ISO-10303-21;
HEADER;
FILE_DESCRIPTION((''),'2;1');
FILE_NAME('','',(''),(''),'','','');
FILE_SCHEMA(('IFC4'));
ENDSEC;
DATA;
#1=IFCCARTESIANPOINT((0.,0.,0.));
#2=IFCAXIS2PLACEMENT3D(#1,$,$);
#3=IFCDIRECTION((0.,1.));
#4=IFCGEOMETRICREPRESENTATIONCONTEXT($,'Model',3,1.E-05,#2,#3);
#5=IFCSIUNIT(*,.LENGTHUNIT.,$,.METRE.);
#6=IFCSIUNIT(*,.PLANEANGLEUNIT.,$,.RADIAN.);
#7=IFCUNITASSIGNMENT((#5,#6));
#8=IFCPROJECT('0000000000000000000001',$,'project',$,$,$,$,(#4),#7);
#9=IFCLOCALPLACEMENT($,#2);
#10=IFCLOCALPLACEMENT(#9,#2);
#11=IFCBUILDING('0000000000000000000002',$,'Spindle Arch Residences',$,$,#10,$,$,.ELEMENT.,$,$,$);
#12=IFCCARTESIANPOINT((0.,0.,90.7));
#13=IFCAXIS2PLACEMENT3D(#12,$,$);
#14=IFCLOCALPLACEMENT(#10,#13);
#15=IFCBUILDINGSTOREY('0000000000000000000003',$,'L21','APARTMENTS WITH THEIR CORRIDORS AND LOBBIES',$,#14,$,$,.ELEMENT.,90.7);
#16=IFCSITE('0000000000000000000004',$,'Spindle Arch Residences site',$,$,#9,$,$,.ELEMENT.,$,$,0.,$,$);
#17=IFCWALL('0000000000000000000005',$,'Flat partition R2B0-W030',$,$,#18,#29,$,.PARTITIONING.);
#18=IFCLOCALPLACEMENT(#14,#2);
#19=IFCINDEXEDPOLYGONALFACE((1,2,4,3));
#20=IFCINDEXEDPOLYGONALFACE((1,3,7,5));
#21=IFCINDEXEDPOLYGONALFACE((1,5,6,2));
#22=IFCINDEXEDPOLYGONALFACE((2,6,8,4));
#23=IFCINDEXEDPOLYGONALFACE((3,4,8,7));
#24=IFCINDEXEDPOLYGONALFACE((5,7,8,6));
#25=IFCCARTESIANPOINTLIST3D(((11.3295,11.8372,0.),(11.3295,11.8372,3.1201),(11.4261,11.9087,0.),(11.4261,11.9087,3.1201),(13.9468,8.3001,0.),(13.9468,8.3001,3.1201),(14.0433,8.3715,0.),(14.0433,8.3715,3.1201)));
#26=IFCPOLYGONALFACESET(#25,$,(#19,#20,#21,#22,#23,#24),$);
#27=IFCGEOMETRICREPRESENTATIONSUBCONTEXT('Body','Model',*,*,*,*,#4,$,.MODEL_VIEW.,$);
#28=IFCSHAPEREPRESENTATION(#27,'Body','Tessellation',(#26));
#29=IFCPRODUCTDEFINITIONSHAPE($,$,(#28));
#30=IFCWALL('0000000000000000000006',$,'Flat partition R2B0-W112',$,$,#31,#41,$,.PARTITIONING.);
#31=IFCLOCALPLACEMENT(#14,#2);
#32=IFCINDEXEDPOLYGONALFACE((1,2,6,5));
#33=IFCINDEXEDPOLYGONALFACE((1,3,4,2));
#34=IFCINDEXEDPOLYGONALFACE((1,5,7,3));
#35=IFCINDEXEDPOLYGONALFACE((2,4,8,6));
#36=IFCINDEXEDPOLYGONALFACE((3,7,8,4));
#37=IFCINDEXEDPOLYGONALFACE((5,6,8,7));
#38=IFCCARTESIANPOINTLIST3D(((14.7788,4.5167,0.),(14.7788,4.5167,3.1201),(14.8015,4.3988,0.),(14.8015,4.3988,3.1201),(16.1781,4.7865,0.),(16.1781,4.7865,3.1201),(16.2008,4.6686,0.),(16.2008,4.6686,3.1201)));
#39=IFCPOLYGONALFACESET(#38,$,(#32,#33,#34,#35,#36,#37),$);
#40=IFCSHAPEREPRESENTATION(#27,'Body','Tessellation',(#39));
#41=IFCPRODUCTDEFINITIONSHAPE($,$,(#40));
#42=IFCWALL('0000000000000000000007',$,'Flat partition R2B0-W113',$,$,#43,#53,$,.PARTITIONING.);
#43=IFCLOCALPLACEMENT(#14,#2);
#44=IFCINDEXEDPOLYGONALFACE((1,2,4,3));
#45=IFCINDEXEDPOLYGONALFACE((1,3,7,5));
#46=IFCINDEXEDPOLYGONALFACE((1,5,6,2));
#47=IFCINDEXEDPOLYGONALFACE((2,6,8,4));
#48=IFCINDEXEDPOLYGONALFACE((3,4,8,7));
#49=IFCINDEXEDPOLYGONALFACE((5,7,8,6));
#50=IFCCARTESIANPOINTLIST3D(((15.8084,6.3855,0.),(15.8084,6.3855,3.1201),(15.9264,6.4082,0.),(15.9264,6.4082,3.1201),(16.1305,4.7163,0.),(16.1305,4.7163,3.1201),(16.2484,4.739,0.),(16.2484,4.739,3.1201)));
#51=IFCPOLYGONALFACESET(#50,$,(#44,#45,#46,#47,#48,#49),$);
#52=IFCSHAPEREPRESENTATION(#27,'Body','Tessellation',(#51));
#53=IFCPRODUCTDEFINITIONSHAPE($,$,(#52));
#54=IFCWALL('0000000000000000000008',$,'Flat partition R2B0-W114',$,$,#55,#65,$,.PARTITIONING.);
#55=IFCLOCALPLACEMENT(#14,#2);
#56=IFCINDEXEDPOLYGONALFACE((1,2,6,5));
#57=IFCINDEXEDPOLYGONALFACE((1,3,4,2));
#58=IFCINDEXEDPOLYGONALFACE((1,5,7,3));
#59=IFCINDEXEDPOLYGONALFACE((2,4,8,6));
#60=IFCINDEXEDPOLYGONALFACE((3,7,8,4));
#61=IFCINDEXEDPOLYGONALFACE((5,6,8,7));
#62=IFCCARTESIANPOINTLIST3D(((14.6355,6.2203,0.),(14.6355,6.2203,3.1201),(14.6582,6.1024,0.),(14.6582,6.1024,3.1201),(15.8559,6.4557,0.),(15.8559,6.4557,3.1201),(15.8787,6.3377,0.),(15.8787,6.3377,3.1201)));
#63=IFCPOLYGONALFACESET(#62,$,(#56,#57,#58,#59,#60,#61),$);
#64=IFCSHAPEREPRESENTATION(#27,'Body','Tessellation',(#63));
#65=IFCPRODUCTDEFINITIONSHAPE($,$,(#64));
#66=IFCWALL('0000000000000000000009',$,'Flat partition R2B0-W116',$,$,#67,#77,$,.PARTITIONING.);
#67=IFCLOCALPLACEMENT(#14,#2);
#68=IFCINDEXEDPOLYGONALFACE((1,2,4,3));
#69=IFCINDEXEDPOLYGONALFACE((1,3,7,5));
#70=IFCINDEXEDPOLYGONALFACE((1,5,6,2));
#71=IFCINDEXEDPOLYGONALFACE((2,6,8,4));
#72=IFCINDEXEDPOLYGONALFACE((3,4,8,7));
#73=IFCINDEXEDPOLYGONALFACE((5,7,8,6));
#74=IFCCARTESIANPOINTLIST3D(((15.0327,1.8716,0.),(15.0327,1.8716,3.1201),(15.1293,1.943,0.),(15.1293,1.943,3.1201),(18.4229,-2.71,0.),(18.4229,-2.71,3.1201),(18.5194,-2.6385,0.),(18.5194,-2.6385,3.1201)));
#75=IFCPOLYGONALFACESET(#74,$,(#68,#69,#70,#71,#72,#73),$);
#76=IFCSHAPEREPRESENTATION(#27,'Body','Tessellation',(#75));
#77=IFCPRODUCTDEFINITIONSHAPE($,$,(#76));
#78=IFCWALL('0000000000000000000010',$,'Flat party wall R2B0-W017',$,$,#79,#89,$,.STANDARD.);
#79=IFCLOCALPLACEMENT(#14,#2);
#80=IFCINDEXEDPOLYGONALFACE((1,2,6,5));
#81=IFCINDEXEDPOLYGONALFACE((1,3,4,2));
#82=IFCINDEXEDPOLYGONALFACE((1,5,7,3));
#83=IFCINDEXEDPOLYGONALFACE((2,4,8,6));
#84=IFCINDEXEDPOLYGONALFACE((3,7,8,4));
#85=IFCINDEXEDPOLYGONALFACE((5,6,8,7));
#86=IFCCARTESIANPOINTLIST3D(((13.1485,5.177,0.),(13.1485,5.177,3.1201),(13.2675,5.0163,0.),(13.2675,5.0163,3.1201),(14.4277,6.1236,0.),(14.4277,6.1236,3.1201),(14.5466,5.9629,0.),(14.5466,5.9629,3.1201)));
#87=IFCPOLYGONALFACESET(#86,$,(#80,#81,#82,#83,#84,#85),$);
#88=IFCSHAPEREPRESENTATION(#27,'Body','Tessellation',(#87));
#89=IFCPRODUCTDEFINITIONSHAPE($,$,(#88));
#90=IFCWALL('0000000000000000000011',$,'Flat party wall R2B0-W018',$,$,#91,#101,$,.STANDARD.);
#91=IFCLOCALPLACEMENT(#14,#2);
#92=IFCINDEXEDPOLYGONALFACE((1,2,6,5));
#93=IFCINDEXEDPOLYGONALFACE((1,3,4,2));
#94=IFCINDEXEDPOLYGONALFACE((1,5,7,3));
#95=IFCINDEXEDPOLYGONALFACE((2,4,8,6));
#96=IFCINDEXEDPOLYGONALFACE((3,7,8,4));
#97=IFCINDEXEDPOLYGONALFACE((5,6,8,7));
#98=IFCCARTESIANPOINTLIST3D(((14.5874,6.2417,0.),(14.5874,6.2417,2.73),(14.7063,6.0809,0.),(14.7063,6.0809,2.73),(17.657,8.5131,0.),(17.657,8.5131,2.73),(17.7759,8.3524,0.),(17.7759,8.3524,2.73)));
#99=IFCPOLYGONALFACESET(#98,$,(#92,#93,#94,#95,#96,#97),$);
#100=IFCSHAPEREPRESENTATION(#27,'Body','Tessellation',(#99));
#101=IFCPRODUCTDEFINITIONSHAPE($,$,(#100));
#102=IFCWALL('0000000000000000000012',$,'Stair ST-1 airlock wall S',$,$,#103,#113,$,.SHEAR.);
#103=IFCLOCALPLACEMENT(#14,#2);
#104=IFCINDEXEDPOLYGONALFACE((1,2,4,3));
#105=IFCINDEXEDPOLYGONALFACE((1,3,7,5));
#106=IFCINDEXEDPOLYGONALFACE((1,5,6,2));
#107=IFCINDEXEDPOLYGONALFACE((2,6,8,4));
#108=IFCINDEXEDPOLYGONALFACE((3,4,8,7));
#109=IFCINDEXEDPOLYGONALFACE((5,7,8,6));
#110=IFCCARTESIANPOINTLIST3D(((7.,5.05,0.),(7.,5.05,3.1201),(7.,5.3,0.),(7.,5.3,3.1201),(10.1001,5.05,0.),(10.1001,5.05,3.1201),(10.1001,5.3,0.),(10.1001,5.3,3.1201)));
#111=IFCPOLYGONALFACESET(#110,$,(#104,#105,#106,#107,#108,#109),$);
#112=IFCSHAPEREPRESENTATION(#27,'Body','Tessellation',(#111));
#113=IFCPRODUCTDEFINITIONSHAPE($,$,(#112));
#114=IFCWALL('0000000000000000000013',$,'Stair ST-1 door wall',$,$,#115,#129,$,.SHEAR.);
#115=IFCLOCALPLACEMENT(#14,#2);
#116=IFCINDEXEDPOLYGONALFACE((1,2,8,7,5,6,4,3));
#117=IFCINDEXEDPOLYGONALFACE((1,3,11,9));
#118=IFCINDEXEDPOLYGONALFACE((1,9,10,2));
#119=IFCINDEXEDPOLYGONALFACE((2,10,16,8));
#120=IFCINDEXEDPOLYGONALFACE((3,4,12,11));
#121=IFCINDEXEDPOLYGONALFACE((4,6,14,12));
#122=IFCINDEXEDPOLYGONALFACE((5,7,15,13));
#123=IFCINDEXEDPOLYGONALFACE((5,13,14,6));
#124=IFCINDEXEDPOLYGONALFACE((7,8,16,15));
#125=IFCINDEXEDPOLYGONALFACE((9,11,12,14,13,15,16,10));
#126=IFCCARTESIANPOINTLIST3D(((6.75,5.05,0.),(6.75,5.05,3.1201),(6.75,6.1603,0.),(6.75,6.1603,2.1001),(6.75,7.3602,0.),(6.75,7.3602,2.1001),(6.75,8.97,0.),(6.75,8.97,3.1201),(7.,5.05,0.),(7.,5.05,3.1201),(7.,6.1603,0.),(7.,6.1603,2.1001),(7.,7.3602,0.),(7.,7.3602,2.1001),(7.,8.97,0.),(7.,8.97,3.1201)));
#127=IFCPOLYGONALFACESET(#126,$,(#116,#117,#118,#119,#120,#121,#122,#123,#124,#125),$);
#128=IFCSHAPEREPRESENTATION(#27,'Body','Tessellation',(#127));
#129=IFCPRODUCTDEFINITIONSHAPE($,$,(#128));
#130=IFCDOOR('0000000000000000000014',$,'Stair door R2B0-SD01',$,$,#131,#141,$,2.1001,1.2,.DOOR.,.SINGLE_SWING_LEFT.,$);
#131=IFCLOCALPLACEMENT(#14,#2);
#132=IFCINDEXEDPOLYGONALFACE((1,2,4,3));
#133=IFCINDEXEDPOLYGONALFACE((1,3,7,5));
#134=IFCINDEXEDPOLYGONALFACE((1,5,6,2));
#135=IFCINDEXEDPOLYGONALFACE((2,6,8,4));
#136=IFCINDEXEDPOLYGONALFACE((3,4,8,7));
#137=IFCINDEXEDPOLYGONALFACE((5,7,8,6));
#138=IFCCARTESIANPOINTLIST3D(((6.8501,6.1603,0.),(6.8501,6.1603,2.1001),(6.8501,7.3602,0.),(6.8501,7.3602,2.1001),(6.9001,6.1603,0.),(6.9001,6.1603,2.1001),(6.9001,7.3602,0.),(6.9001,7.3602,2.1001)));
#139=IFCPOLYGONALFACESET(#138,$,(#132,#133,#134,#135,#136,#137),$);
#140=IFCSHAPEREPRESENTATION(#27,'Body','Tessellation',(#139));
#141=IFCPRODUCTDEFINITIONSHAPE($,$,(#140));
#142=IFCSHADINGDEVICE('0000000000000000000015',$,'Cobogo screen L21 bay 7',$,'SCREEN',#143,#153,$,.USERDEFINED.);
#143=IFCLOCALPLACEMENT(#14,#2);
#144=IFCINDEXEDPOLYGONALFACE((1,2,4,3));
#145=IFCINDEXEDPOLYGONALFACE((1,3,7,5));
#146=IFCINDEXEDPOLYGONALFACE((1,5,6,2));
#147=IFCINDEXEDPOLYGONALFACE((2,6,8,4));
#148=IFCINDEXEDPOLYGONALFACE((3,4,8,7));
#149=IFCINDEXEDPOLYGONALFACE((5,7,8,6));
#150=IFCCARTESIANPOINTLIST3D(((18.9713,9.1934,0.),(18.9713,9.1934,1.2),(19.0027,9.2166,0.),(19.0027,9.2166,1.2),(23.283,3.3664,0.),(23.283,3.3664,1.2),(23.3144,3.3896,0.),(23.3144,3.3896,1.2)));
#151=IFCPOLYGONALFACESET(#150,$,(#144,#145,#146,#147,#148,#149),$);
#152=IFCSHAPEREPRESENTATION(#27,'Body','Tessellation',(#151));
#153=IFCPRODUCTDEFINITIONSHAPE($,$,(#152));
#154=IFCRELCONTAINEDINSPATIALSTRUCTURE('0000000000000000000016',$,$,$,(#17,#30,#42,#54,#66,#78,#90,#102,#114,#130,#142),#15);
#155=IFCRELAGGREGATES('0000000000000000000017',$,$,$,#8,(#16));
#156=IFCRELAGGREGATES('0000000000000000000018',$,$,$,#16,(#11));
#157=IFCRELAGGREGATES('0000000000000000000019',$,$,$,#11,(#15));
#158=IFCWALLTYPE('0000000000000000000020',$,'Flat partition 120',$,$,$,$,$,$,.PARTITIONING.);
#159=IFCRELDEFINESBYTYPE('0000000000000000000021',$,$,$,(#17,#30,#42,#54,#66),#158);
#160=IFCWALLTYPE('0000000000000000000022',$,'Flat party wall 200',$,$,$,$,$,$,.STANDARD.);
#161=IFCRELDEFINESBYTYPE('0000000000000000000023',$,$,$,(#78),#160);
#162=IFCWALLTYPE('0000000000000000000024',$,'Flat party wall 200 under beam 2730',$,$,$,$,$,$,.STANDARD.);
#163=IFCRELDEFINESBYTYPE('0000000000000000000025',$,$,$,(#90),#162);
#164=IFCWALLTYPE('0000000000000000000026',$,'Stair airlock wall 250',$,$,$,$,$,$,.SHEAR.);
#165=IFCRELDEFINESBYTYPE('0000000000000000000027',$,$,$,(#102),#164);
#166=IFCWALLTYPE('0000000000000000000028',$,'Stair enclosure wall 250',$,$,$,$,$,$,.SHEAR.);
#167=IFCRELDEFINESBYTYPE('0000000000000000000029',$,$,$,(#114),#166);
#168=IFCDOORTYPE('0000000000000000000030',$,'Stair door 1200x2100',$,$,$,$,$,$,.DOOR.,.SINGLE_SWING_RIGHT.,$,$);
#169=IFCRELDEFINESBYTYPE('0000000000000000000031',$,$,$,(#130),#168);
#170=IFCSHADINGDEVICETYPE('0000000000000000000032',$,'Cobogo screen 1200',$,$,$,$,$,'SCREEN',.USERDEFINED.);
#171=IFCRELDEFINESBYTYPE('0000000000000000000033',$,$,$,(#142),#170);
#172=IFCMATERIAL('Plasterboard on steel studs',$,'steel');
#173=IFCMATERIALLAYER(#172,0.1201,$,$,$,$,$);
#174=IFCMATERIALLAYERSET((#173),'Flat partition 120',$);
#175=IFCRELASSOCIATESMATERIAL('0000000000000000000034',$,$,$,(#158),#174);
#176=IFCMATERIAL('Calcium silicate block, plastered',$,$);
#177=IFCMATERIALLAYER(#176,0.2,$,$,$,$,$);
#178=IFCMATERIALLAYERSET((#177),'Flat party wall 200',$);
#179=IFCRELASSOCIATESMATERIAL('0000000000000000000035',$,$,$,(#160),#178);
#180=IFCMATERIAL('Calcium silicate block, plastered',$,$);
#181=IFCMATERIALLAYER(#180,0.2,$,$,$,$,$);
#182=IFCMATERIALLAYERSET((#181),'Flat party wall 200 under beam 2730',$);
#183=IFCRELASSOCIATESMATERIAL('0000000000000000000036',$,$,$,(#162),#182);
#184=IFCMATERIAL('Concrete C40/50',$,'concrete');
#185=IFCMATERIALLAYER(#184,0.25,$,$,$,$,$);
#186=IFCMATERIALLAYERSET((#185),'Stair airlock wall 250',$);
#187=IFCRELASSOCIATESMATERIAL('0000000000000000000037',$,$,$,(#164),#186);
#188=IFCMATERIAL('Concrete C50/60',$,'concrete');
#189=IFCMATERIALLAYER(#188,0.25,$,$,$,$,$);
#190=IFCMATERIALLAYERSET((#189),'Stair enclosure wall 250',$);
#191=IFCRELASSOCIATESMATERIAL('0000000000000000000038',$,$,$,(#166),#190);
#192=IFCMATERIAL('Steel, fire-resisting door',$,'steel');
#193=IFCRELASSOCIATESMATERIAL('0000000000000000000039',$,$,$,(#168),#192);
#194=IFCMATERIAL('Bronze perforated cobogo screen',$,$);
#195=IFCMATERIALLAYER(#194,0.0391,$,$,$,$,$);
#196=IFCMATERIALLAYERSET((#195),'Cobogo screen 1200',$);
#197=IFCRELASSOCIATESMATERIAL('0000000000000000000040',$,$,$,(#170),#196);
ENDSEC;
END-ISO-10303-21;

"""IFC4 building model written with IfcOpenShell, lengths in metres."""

from ifc_helpers import new_model, si_unit, direction, frame, frame_2d, origin, origin_2d, place, context, subcontext, project, spatial, rectangle, extrude, material, layer, layer_set, type_object, element, fill, save


model = new_model("IFC4")

# Units and contexts
model_context = context("Model", 3, precision=1e-05, world=origin(), true_north=direction((0.0, 1.0)))
body_context = subcontext(model_context, "Body", "Model", "MODEL_VIEW")
ifc_project = project(units=[si_unit("LENGTHUNIT", "METRE"), si_unit("PLANEANGLEUNIT", "RADIAN")], contexts=[model_context])

# Site, building, storey
site_placement = place(None, origin())
site = spatial("IfcSite", under=ifc_project, at=site_placement, Name="Spindle Arch Residences site", CompositionType="ELEMENT", RefElevation=0.0)
building_placement = place(site_placement, origin())
building = spatial("IfcBuilding", under=site, at=building_placement, Name="Spindle Arch Residences", CompositionType="ELEMENT")
storey_placement = place(building_placement, frame((0.0, 0.0, 90.7)))
storey = spatial("IfcBuildingStorey", under=building, at=storey_placement, Name="L21", Description="APARTMENTS WITH THEIR CORRIDORS AND LOBBIES", CompositionType="ELEMENT", Elevation=90.7)

# Shared definitions
ifc_material_1 = material(Name="Plasterboard on steel studs", Category="steel")
ifc_layer_1 = layer(ifc_material_1, 0.1201)
ifc_layer_set_1 = layer_set([ifc_layer_1], Name="Flat partition 120")
wall_type_1 = type_object("IfcWallType", Name="Flat partition 120", PredefinedType="PARTITIONING", material=ifc_layer_set_1)

# Walls
wall_1_placement = place(storey_placement, frame((13.9951, 8.3357, 0.0), z_axis=(0.0, 0.0, 1.0), x_axis=(-0.594803, 0.803872, 0.0)))
element("IfcWall", 1, at=wall_1_placement, inside=storey, type_object=wall_type_1, Name="Flat partition R2B0-W030", PredefinedType="PARTITIONING", context=body_context, shape_type="SweptSolid", body=[
    extrude(rectangle(XDim=4.4001, YDim=0.1201, at=frame_2d((2.2002, 0.0))), origin(), (0.0, 0.0, 1.0), 3.1201),
])
wall_2_placement = place(storey_placement, frame((14.7903, 4.4578, 0.0), z_axis=(0.0, 0.0, 1.0), x_axis=(0.981915, 0.189324, 0.0)))
element("IfcWall", 2, at=wall_2_placement, inside=storey, type_object=wall_type_1, Name="Flat partition R2B0-W112", PredefinedType="PARTITIONING", context=body_context, shape_type="SweptSolid", body=[
    extrude(rectangle(XDim=1.425, YDim=0.1201, at=frame_2d((0.7124, 0.0))), origin(), (0.0, 0.0, 1.0), 3.1201),
])
wall_3_placement = place(storey_placement, frame((16.1895, 4.7275, 0.0), z_axis=(0.0, 0.0, 1.0), x_axis=(-0.189428, 0.981895, 0.0)))
element("IfcWall", 3, at=wall_3_placement, inside=storey, type_object=wall_type_1, Name="Flat partition R2B0-W113", PredefinedType="PARTITIONING", context=body_context, shape_type="SweptSolid", body=[
    extrude(rectangle(XDim=1.7, YDim=0.1201, at=frame_2d((0.8501, 0.0))), origin(), (0.0, 0.0, 1.0), 3.1201),
])
wall_4_placement = place(storey_placement, frame((15.8674, 6.3967, 0.0), z_axis=(0.0, 0.0, 1.0), x_axis=(-0.98191, -0.18935, 0.0)))
element("IfcWall", 4, at=wall_4_placement, inside=storey, type_object=wall_type_1, Name="Flat partition R2B0-W114", PredefinedType="PARTITIONING", context=body_context, shape_type="SweptSolid", body=[
    extrude(rectangle(XDim=1.2429, YDim=0.1201, at=frame_2d((0.6216, 0.0))), origin(), (0.0, 0.0, 1.0), 3.1201),
])
wall_5_placement = place(storey_placement, frame((15.0811, 1.9072, 0.0), z_axis=(0.0, 0.0, 1.0), x_axis=(0.59482, -0.803859, 0.0)))
element("IfcWall", 5, at=wall_5_placement, inside=storey, type_object=wall_type_1, Name="Flat partition R2B0-W116", PredefinedType="PARTITIONING", context=body_context, shape_type="SweptSolid", body=[
    extrude(rectangle(XDim=5.6995, YDim=0.1201, at=frame_2d((2.8496, 0.0))), origin(), (0.0, 0.0, 1.0), 3.1201),
])
ifc_material_2 = material(Name="Calcium silicate block, plastered")
ifc_layer_2 = layer(ifc_material_2, 0.2)
ifc_layer_set_2 = layer_set([ifc_layer_2], Name="Flat party wall 200")
wall_type_2 = type_object("IfcWallType", Name="Flat party wall 200", PredefinedType="STANDARD", material=ifc_layer_set_2)
wall_6_placement = place(storey_placement, frame((13.208, 5.0967, 0.0), z_axis=(0.0, 0.0, 1.0), x_axis=(0.803832, 0.594857, 0.0)))
element("IfcWall", 6, at=wall_6_placement, inside=storey, type_object=wall_type_2, Name="Flat party wall R2B0-W017", PredefinedType="STANDARD", context=body_context, shape_type="SweptSolid", body=[
    extrude(rectangle(XDim=1.5913, YDim=0.2, at=frame_2d((0.7957, 0.0))), origin(), (0.0, 0.0, 1.0), 3.1201),
])
ifc_material_3 = material(Name="Calcium silicate block, plastered")
ifc_layer_3 = layer(ifc_material_3, 0.2)
ifc_layer_set_3 = layer_set([ifc_layer_3], Name="Flat party wall 200 under beam 2730")
wall_type_3 = type_object("IfcWallType", Name="Flat party wall 200 under beam 2730", PredefinedType="STANDARD", material=ifc_layer_set_3)
wall_7_placement = place(storey_placement, frame((14.647, 6.1614, 0.0), z_axis=(0.0, 0.0, 1.0), x_axis=(0.803843, 0.594842, 0.0)))
element("IfcWall", 7, at=wall_7_placement, inside=storey, type_object=wall_type_3, Name="Flat party wall R2B0-W018", PredefinedType="STANDARD", context=body_context, shape_type="SweptSolid", body=[
    extrude(rectangle(XDim=3.8186, YDim=0.2, at=frame_2d((1.9092, 0.0))), origin(), (0.0, 0.0, 1.0), 2.73),
])

# Wall
ifc_material_4 = material(Name="Concrete C40/50", Category="concrete")
ifc_layer_4 = layer(ifc_material_4, 0.25)
ifc_layer_set_4 = layer_set([ifc_layer_4], Name="Stair airlock wall 250")
wall_type_4 = type_object("IfcWallType", Name="Stair airlock wall 250", PredefinedType="SHEAR", material=ifc_layer_set_4)
wall_8_placement = place(storey_placement, frame((7.0, 5.175, 0.0), z_axis=(0.0, 0.0, 1.0), x_axis=(1.0, 0.0, 0.0)))
element("IfcWall", 8, at=wall_8_placement, inside=storey, type_object=wall_type_4, Name="Stair ST-1 airlock wall S", PredefinedType="SHEAR", context=body_context, shape_type="SweptSolid", body=[
    extrude(rectangle(XDim=3.1001, YDim=0.25, at=frame_2d((1.55, 0.0))), origin(), (0.0, 0.0, 1.0), 3.1201),
])

# Wall, opening, door
ifc_material_5 = material(Name="Concrete C50/60", Category="concrete")
ifc_layer_5 = layer(ifc_material_5, 0.25)
ifc_layer_set_5 = layer_set([ifc_layer_5], Name="Stair enclosure wall 250")
wall_type_5 = type_object("IfcWallType", Name="Stair enclosure wall 250", PredefinedType="SHEAR", material=ifc_layer_set_5)
wall_9_placement = place(storey_placement, frame((6.875, 5.05, 0.0), z_axis=(0.0, 0.0, 1.0), x_axis=(0.0, 1.0, 0.0)))
wall_9 = element("IfcWall", 9, at=wall_9_placement, inside=storey, type_object=wall_type_5, Name="Stair ST-1 door wall", PredefinedType="SHEAR", context=body_context, shape_type="SweptSolid", body=[
    extrude(rectangle(XDim=3.9199, YDim=0.25, at=frame_2d((1.96, 0.0))), origin(), (0.0, 0.0, 1.0), 3.1201),
])
opening_1_placement = place(wall_9_placement, frame((1.1101, 0.0, 0.0)))
opening_1 = element("IfcOpeningElement", 10, at=opening_1_placement, cuts=wall_9, PredefinedType="OPENING", context=body_context, shape_type="SweptSolid", body=[
    extrude(rectangle(XDim=1.2, YDim=2.1001, at=frame_2d((0.6001, 1.05))), frame((0.0, 0.135, 0.0), z_axis=(0.0, -1.0, 0.0), x_axis=(1.0, 0.0, 0.0)), (0.0, 0.0, 1.0), 0.27),
])
ifc_material_6 = material(Name="Steel, fire-resisting door", Category="steel")
door_type_1 = type_object("IfcDoorType", Name="Stair door 1200x2100", OperationType="SINGLE_SWING_RIGHT", PredefinedType="DOOR", material=ifc_material_6)
door_1_placement = place(opening_1_placement, origin())
door_1 = element("IfcDoor", 11, at=door_1_placement, inside=storey, type_object=door_type_1, Name="Stair door R2B0-SD01", OperationType="SINGLE_SWING_LEFT", OverallHeight=2.1001, OverallWidth=1.2, PredefinedType="DOOR", context=body_context, shape_type="SweptSolid", body=[
    extrude(rectangle(XDim=1.2, YDim=2.1001, at=frame_2d((0.6001, 1.05))), frame((0.0, 0.0249, 0.0), z_axis=(0.0, -1.0, 0.0), x_axis=(1.0, 0.0, 0.0)), (0.0, 0.0, 1.0), 0.05),
])
fill(opening_1, door_1)

# Shading device
ifc_material_7 = material(Name="Bronze perforated cobogo screen")
ifc_layer_6 = layer(ifc_material_7, 0.0391)
ifc_layer_set_6 = layer_set([ifc_layer_6], Name="Cobogo screen 1200")
shading_device_type = type_object("IfcShadingDeviceType", Name="Cobogo screen 1200", ElementType="SCREEN", PredefinedType="USERDEFINED", material=ifc_layer_set_6)
shading_device_placement = place(storey_placement, frame((21.1428, 6.2915, 0.0), z_axis=(0.0, 0.0, 1.0), x_axis=(-0.594823, 0.803857, 0.0)))
element("IfcShadingDevice", 12, at=shading_device_placement, inside=storey, type_object=shading_device_type, Name="Cobogo screen L21 bay 7", ObjectType="SCREEN", PredefinedType="USERDEFINED", context=body_context, shape_type="SweptSolid", body=[
    extrude(rectangle(XDim=7.2488, YDim=0.0391, at=origin_2d()), origin(), (0.0, 0.0, 1.0), 1.2),
])

save(model, "model.ifc")
